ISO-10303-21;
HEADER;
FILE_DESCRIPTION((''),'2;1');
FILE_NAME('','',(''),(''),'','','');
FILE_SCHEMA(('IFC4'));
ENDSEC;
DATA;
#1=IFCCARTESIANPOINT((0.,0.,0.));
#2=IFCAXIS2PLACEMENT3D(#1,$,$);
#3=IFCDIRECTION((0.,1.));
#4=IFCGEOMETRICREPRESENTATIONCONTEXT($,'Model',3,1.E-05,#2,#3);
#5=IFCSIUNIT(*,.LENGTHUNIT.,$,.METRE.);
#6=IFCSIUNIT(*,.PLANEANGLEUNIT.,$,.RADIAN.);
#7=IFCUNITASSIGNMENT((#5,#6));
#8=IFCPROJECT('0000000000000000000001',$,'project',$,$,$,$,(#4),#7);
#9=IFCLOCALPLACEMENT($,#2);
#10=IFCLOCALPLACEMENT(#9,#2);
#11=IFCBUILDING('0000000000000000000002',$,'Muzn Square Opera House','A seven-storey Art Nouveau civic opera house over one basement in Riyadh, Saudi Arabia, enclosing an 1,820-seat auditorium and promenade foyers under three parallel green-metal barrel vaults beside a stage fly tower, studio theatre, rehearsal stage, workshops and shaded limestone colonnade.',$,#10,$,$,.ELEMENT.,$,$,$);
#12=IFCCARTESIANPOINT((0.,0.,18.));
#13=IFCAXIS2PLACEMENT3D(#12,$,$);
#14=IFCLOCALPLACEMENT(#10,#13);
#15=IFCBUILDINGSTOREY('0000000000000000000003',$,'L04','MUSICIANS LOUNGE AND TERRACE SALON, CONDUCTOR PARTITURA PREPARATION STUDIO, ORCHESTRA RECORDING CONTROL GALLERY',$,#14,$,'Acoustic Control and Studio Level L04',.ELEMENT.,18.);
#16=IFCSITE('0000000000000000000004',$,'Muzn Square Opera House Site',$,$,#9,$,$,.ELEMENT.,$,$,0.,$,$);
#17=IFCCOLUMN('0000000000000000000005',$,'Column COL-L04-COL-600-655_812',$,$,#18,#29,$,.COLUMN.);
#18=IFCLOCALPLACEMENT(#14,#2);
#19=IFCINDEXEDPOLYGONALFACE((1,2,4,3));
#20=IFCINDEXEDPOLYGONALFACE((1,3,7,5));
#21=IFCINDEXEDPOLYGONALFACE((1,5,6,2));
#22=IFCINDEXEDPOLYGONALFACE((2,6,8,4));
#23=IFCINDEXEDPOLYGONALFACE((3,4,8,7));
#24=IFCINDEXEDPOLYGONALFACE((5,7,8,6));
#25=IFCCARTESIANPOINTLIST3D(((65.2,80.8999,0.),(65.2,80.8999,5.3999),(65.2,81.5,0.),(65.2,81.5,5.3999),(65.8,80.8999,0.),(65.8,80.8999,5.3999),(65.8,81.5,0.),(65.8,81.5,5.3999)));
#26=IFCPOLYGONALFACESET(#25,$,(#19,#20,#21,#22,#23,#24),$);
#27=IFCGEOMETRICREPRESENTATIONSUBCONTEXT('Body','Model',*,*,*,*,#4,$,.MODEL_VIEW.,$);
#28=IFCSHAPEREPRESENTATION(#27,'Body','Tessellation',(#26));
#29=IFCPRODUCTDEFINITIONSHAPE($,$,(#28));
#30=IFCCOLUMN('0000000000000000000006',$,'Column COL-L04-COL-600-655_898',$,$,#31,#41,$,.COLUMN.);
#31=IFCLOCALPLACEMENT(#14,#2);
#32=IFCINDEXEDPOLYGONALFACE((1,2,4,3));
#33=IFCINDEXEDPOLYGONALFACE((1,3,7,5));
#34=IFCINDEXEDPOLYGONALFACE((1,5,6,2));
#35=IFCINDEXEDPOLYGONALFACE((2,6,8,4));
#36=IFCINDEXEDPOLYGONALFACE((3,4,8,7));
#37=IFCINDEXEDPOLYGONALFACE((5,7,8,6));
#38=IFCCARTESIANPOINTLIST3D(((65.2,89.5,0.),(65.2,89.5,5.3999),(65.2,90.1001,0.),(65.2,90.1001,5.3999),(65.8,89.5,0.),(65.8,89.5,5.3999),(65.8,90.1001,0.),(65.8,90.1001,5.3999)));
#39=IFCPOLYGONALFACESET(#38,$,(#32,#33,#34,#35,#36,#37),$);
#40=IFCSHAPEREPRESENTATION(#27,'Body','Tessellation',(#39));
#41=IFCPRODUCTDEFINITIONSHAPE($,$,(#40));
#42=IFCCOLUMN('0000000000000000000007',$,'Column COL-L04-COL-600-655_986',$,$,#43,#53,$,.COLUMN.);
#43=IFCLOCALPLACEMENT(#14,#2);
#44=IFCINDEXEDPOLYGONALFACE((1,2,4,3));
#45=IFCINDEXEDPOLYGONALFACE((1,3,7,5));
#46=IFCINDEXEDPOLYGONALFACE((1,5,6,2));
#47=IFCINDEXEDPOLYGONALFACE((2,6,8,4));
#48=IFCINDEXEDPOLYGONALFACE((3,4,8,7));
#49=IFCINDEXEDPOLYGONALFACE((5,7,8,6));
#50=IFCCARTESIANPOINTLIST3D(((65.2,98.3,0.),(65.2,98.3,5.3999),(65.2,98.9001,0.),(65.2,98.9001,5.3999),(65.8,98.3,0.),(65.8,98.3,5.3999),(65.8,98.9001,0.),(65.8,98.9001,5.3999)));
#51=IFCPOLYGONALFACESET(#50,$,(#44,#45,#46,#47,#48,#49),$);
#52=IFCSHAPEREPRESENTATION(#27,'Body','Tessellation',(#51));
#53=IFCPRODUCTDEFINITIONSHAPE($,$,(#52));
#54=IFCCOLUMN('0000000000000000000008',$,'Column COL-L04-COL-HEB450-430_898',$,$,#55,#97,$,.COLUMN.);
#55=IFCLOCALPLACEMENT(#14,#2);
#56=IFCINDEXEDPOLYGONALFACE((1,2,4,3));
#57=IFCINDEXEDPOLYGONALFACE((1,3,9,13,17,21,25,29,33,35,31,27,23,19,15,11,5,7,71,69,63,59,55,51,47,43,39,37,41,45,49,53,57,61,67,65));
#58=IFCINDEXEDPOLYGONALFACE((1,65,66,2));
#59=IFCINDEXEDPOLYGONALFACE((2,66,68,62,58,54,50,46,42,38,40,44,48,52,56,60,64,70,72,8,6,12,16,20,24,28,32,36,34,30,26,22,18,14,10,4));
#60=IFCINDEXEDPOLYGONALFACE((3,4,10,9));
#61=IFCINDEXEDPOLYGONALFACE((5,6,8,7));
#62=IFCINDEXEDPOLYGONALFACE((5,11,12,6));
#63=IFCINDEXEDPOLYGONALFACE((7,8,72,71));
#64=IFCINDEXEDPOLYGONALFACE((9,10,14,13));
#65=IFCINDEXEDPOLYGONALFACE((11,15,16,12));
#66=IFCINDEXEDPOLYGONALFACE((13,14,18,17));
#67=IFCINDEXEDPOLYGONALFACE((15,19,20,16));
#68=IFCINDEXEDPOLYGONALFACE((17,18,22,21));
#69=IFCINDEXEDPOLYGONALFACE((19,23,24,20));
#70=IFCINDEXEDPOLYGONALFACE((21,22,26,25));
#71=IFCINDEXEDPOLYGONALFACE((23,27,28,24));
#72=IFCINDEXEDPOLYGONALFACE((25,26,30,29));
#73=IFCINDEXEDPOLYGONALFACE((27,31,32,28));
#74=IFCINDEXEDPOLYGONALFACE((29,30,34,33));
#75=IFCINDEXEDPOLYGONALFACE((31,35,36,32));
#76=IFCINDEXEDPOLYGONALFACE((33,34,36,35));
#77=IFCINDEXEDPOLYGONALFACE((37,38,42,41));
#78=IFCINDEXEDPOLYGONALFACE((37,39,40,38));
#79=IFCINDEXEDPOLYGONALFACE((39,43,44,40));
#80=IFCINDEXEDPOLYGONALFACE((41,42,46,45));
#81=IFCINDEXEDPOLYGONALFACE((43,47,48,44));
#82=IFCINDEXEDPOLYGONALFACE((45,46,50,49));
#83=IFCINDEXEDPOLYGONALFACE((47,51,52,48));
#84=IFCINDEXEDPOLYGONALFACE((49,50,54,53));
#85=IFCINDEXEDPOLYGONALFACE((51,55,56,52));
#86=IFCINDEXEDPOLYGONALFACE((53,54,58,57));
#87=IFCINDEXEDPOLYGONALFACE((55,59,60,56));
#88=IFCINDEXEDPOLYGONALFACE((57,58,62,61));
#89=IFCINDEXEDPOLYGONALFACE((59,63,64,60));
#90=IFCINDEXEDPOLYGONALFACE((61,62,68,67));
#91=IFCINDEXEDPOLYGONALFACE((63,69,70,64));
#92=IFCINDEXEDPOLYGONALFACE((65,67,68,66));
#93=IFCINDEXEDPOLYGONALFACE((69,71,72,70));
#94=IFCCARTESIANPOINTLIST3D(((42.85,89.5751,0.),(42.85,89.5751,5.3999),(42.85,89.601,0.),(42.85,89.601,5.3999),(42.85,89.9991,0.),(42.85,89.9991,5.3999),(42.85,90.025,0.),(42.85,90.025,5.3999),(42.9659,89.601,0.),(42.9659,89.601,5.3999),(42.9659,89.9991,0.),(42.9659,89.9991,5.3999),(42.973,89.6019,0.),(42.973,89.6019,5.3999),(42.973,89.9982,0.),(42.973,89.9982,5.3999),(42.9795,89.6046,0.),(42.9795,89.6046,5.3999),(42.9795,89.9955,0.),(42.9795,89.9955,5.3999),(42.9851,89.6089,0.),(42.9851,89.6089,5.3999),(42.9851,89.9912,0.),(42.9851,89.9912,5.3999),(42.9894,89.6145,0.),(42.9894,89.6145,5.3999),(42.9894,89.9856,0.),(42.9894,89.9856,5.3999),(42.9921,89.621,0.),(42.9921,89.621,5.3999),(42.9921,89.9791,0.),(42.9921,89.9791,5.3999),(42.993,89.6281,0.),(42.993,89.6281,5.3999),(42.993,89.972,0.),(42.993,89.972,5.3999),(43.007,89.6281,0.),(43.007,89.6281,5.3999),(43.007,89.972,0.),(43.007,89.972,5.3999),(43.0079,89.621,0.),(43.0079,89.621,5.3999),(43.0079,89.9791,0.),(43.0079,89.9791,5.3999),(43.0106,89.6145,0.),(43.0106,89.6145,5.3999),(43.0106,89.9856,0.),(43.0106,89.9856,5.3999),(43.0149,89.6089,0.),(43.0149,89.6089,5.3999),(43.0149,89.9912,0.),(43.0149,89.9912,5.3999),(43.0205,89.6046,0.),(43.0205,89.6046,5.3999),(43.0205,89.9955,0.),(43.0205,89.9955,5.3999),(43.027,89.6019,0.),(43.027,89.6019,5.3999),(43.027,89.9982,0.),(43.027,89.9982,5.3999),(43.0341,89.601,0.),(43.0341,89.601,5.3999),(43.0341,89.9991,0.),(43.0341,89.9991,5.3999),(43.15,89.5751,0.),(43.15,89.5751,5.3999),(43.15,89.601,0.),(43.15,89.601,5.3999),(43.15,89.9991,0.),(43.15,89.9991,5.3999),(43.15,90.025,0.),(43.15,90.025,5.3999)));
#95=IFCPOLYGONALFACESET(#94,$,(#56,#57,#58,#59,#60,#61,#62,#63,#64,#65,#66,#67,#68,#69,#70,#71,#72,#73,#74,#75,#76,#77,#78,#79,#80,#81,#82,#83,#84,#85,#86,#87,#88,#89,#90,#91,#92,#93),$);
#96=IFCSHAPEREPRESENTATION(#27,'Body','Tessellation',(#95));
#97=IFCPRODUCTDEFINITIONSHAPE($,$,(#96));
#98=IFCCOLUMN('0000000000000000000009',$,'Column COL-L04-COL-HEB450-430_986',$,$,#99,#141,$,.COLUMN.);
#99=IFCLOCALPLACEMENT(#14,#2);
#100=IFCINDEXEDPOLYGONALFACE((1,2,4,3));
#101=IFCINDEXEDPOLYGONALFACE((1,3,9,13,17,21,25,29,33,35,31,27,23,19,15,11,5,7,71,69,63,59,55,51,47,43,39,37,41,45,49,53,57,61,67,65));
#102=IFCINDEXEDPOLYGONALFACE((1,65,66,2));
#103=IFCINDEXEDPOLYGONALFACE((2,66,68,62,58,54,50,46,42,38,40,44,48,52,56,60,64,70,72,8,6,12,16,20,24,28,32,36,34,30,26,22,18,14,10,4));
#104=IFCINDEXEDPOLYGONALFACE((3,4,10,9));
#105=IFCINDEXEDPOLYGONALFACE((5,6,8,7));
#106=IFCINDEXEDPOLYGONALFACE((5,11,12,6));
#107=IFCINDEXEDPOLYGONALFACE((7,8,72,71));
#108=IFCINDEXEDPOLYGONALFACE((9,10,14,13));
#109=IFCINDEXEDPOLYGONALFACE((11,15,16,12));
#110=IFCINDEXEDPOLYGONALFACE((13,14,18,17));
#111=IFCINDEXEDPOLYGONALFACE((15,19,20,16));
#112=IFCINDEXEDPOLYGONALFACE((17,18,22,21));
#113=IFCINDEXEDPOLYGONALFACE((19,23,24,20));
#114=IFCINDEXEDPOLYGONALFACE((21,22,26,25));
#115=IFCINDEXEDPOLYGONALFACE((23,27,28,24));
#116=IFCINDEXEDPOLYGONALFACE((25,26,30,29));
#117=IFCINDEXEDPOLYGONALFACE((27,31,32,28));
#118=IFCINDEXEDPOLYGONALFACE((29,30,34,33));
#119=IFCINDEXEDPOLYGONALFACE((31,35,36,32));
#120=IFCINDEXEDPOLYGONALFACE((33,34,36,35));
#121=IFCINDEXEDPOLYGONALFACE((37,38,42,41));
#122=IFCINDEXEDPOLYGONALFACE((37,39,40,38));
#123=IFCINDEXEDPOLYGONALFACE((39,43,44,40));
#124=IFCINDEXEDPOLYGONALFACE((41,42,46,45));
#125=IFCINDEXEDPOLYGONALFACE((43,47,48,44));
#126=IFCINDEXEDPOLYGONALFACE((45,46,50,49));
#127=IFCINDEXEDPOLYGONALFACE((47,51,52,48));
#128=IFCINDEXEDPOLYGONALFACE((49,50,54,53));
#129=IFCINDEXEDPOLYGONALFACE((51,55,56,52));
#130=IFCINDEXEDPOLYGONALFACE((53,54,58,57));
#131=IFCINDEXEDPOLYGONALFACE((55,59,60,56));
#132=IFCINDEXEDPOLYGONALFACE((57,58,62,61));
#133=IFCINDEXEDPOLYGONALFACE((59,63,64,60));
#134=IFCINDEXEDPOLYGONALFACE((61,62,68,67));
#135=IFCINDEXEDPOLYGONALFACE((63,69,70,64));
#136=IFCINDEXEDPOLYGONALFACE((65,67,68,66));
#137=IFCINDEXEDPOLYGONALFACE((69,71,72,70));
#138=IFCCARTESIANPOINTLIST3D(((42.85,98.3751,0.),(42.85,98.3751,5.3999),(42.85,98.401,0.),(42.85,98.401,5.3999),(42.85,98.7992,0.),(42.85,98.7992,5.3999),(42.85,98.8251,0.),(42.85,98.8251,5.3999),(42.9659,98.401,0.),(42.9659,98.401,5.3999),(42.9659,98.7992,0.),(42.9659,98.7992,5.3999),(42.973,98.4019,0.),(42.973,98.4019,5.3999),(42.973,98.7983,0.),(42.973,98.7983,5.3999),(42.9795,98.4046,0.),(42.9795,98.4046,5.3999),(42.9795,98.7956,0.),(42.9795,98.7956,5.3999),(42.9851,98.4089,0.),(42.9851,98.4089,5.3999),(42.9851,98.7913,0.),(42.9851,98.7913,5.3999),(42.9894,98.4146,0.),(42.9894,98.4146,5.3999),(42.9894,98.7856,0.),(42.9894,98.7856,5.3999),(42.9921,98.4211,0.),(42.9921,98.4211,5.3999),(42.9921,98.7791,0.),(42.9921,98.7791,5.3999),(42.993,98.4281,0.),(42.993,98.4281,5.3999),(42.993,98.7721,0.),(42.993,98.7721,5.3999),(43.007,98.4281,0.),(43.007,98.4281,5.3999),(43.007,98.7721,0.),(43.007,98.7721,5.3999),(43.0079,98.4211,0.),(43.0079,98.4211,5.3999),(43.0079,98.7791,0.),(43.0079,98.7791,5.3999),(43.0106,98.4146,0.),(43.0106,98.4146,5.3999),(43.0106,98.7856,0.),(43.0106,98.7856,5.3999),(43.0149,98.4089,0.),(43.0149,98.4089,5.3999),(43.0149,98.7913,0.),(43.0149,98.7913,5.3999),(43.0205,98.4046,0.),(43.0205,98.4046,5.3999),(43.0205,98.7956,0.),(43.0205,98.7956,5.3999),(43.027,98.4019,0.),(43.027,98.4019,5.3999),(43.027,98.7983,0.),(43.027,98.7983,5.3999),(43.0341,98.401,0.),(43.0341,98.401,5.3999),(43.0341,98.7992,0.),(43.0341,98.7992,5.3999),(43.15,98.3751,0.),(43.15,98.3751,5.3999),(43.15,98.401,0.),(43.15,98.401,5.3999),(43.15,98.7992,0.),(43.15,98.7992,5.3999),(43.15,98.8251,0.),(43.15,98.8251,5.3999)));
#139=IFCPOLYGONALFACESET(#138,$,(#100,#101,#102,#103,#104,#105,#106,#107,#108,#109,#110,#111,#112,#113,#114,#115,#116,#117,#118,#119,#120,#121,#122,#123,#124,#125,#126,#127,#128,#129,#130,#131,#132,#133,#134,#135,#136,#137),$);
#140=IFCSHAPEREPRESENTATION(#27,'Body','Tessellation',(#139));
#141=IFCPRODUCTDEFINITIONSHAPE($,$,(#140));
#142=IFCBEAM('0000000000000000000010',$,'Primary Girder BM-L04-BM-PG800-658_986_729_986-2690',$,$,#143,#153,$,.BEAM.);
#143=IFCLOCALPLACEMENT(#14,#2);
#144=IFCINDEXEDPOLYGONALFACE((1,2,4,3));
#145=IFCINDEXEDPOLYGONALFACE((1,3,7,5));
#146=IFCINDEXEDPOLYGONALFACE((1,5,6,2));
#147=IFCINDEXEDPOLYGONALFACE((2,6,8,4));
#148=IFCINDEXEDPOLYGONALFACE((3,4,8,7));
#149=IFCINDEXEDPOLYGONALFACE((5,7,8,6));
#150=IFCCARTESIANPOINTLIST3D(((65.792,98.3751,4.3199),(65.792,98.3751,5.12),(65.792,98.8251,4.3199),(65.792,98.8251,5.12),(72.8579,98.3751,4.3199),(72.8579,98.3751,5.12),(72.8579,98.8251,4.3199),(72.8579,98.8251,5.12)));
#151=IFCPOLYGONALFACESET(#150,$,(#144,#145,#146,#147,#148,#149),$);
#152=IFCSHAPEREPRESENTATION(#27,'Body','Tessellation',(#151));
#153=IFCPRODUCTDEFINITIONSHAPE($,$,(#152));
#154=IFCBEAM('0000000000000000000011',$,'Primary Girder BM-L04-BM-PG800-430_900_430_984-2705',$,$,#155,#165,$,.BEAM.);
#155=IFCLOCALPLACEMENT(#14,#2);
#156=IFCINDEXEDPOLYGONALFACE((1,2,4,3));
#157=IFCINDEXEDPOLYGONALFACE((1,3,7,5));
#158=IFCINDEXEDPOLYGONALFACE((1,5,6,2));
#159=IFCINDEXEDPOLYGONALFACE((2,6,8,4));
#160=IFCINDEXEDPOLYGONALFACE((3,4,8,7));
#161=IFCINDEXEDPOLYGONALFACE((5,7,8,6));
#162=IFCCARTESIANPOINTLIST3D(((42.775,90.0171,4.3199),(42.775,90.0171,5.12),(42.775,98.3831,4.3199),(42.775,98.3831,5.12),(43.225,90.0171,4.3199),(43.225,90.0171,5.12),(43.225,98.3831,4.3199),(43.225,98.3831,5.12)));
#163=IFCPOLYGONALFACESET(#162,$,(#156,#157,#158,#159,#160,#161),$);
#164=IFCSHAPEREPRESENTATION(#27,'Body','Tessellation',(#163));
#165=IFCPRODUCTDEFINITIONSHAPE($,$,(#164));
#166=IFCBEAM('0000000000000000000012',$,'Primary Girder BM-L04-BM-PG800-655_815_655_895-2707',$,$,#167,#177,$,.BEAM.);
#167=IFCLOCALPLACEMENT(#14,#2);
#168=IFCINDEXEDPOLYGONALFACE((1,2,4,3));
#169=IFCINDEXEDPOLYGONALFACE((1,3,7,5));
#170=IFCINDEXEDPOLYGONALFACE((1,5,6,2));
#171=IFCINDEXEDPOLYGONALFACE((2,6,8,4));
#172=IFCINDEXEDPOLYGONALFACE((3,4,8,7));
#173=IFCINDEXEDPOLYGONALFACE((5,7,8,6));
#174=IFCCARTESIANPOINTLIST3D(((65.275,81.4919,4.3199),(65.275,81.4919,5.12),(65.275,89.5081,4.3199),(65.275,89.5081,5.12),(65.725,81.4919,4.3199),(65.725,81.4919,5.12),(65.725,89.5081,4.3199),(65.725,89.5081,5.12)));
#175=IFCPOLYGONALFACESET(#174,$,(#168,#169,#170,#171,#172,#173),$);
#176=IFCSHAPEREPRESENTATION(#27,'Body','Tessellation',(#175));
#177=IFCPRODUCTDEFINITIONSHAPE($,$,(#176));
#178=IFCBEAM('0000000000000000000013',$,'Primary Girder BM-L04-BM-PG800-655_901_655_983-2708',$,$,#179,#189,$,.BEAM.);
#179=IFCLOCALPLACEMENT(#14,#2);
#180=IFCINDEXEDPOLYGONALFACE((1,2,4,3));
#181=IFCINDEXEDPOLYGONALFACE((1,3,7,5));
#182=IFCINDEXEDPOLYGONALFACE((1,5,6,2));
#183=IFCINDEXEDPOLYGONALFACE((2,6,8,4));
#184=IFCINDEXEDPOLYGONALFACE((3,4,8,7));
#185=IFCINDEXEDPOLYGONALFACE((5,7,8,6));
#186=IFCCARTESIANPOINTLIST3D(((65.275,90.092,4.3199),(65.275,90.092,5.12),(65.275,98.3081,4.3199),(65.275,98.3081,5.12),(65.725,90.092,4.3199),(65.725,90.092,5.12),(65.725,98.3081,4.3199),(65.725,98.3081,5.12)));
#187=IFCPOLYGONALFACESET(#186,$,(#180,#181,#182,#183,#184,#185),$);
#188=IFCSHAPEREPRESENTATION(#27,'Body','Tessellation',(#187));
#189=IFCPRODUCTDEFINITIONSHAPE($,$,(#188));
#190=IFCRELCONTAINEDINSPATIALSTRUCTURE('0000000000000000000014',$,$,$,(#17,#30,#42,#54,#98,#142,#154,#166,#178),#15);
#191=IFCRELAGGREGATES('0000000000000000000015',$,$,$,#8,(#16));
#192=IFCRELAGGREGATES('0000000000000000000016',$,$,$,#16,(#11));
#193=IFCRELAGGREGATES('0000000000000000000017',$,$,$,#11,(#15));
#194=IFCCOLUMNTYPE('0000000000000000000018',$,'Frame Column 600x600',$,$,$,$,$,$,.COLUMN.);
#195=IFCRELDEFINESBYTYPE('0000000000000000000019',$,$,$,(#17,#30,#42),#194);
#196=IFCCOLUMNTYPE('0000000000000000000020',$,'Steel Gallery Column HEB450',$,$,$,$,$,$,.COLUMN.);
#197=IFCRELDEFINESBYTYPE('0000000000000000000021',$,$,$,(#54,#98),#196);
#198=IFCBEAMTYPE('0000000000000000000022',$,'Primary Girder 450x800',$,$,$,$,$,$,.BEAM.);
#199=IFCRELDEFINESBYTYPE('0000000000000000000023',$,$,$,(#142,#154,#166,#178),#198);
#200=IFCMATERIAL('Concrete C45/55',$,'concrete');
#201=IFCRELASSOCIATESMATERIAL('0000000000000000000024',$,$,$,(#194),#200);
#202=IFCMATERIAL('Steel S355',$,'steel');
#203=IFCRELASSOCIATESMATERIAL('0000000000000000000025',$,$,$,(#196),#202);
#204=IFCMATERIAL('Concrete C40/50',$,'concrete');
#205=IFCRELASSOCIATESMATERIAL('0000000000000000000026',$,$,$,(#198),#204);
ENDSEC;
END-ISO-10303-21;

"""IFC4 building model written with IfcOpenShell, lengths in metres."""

from ifc_helpers import new_model, si_unit, direction, frame, origin, origin_2d, place, context, subcontext, project, spatial, rectangle, i_section, extrude, material, material_profile, profile_set, type_object, element, save


model = new_model("IFC4")

# Units and contexts
model_context = context("Model", 3, precision=1e-05, world=origin(), true_north=direction((0.0, 1.0)))
body_context = subcontext(model_context, "Body", "Model", "MODEL_VIEW")
ifc_project = project(units=[si_unit("LENGTHUNIT", "METRE"), si_unit("PLANEANGLEUNIT", "RADIAN")], contexts=[model_context])

# Site, building, storey
site_placement = place(None, origin())
site = spatial("IfcSite", under=ifc_project, at=site_placement, Name="Muzn Square Opera House Site", CompositionType="ELEMENT", RefElevation=0.0)
building_placement = place(site_placement, origin())
building = spatial("IfcBuilding", under=site, at=building_placement, Name="Muzn Square Opera House", Description="A seven-storey Art Nouveau civic opera house over one basement in Riyadh, Saudi Arabia, enclosing an 1,820-seat auditorium and promenade foyers under three parallel green-metal barrel vaults beside a stage fly tower, studio theatre, rehearsal stage, workshops and shaded limestone colonnade.", CompositionType="ELEMENT")
storey_placement = place(building_placement, frame((0.0, 0.0, 18.0)))
storey = spatial("IfcBuildingStorey", under=building, at=storey_placement, Name="L04", Description="MUSICIANS LOUNGE AND TERRACE SALON, CONDUCTOR PARTITURA PREPARATION STUDIO, ORCHESTRA RECORDING CONTROL GALLERY", LongName="Acoustic Control and Studio Level L04", CompositionType="ELEMENT", Elevation=18.0)

# Columns
ifc_material_1 = material(Name="Concrete C45/55", Category="concrete")
ifc_material_profile_1 = material_profile(ifc_material_1, rectangle(XDim=0.6001, YDim=0.6001, at=origin_2d()), Name="RC 600x600", Category="concrete")
ifc_profile_set_1 = profile_set([ifc_material_profile_1], Name="Concrete C45/55")
column_type_1 = type_object("IfcColumnType", Name="Frame Column 600x600", PredefinedType="COLUMN", material=ifc_profile_set_1)
for number, where, z_axis, x_axis, name in (
    (1, (65.5, 81.2, 0.0), (0.0, 0.0, 1.0), (1.0, 0.0, 0.0), "Column COL-L04-COL-600-655_812"),
    (2, (65.5, 89.8, 0.0), (0.0, 0.0, 1.0), (1.0, 0.0, 0.0), "Column COL-L04-COL-600-655_898"),
    (3, (65.5, 98.6001, 0.0), (0.0, 0.0, 1.0), (1.0, 0.0, 0.0), "Column COL-L04-COL-600-655_986"),
):
    element("IfcColumn", number, at=place(storey_placement, frame(where, z_axis=z_axis, x_axis=x_axis)), inside=storey, type_object=column_type_1, Name=name, PredefinedType="COLUMN", context=body_context, shape_type="SweptSolid", body=[
        extrude(rectangle(XDim=0.6001, YDim=0.6001, at=origin_2d()), origin(), (0.0, 0.0, 1.0), 5.3999),
    ])
ifc_material_2 = material(Name="Steel S355", Category="steel")
ifc_material_profile_2 = material_profile(ifc_material_2, i_section(OverallWidth=0.3, OverallDepth=0.45, WebThickness=0.0139, FlangeThickness=0.0259, FilletRadius=0.0271, at=origin_2d()), Name="HEB 450", Category="steel")
ifc_profile_set_2 = profile_set([ifc_material_profile_2], Name="Steel S355")
column_type_2 = type_object("IfcColumnType", Name="Steel Gallery Column HEB450", PredefinedType="COLUMN", material=ifc_profile_set_2)
for number, where, z_axis, x_axis, name in (
    (4, (43.0, 89.8, 0.0), (0.0, 0.0, 1.0), (1.0, 0.0, 0.0), "Column COL-L04-COL-HEB450-430_898"),
    (5, (43.0, 98.6001, 0.0), (0.0, 0.0, 1.0), (1.0, 0.0, 0.0), "Column COL-L04-COL-HEB450-430_986"),
):
    element("IfcColumn", number, at=place(storey_placement, frame(where, z_axis=z_axis, x_axis=x_axis)), inside=storey, type_object=column_type_2, Name=name, PredefinedType="COLUMN", context=body_context, shape_type="SweptSolid", body=[
        extrude(i_section(OverallWidth=0.3, OverallDepth=0.45, WebThickness=0.0139, FlangeThickness=0.0259, FilletRadius=0.0271, at=origin_2d()), origin(), (0.0, 0.0, 1.0), 5.3999),
    ])

# Beams
ifc_material_3 = material(Name="Concrete C40/50", Category="concrete")
ifc_material_profile_3 = material_profile(ifc_material_3, rectangle(XDim=0.45, YDim=0.8, at=origin_2d()), Name="RCB 450x800", Category="concrete")
ifc_profile_set_3 = profile_set([ifc_material_profile_3], Name="Concrete C40/50")
beam_type = type_object("IfcBeamType", Name="Primary Girder 450x800", PredefinedType="BEAM", material=ifc_profile_set_3)
beam_1_placement = place(storey_placement, frame((65.792, 98.6001, 4.72), z_axis=(1.0, 0.0, 0.0), x_axis=(0.0, 1.0, 0.0)))
element("IfcBeam", 6, at=beam_1_placement, inside=storey, type_object=beam_type, Name="Primary Girder BM-L04-BM-PG800-658_986_729_986-2690", PredefinedType="BEAM", context=body_context, shape_type="SweptSolid", body=[
    extrude(rectangle(XDim=0.45, YDim=0.8, at=origin_2d()), origin(), (0.0, 0.0, 1.0), 7.0659),
])
beam_2_placement = place(storey_placement, frame((43.0, 90.0171, 4.72), z_axis=(0.0, 1.0, 0.0), x_axis=(-1.0, 0.0, 0.0)))
element("IfcBeam", 7, at=beam_2_placement, inside=storey, type_object=beam_type, Name="Primary Girder BM-L04-BM-PG800-430_900_430_984-2705", PredefinedType="BEAM", context=body_context, shape_type="SweptSolid", body=[
    extrude(rectangle(XDim=0.45, YDim=0.8, at=origin_2d()), origin(), (0.0, 0.0, 1.0), 8.366),
])
beam_3_placement = place(storey_placement, frame((65.5, 81.4919, 4.72), z_axis=(0.0, 1.0, 0.0), x_axis=(-1.0, 0.0, 0.0)))
element("IfcBeam", 8, at=beam_3_placement, inside=storey, type_object=beam_type, Name="Primary Girder BM-L04-BM-PG800-655_815_655_895-2707", PredefinedType="BEAM", context=body_context, shape_type="SweptSolid", body=[
    extrude(rectangle(XDim=0.45, YDim=0.8, at=origin_2d()), origin(), (0.0, 0.0, 1.0), 8.0161),
])
beam_4_placement = place(storey_placement, frame((65.5, 90.092, 4.72), z_axis=(0.0, 1.0, 0.0), x_axis=(-1.0, 0.0, 0.0)))
element("IfcBeam", 9, at=beam_4_placement, inside=storey, type_object=beam_type, Name="Primary Girder BM-L04-BM-PG800-655_901_655_983-2708", PredefinedType="BEAM", context=body_context, shape_type="SweptSolid", body=[
    extrude(rectangle(XDim=0.45, YDim=0.8, at=origin_2d()), origin(), (0.0, 0.0, 1.0), 8.2161),
])

save(model, "model.ifc")
